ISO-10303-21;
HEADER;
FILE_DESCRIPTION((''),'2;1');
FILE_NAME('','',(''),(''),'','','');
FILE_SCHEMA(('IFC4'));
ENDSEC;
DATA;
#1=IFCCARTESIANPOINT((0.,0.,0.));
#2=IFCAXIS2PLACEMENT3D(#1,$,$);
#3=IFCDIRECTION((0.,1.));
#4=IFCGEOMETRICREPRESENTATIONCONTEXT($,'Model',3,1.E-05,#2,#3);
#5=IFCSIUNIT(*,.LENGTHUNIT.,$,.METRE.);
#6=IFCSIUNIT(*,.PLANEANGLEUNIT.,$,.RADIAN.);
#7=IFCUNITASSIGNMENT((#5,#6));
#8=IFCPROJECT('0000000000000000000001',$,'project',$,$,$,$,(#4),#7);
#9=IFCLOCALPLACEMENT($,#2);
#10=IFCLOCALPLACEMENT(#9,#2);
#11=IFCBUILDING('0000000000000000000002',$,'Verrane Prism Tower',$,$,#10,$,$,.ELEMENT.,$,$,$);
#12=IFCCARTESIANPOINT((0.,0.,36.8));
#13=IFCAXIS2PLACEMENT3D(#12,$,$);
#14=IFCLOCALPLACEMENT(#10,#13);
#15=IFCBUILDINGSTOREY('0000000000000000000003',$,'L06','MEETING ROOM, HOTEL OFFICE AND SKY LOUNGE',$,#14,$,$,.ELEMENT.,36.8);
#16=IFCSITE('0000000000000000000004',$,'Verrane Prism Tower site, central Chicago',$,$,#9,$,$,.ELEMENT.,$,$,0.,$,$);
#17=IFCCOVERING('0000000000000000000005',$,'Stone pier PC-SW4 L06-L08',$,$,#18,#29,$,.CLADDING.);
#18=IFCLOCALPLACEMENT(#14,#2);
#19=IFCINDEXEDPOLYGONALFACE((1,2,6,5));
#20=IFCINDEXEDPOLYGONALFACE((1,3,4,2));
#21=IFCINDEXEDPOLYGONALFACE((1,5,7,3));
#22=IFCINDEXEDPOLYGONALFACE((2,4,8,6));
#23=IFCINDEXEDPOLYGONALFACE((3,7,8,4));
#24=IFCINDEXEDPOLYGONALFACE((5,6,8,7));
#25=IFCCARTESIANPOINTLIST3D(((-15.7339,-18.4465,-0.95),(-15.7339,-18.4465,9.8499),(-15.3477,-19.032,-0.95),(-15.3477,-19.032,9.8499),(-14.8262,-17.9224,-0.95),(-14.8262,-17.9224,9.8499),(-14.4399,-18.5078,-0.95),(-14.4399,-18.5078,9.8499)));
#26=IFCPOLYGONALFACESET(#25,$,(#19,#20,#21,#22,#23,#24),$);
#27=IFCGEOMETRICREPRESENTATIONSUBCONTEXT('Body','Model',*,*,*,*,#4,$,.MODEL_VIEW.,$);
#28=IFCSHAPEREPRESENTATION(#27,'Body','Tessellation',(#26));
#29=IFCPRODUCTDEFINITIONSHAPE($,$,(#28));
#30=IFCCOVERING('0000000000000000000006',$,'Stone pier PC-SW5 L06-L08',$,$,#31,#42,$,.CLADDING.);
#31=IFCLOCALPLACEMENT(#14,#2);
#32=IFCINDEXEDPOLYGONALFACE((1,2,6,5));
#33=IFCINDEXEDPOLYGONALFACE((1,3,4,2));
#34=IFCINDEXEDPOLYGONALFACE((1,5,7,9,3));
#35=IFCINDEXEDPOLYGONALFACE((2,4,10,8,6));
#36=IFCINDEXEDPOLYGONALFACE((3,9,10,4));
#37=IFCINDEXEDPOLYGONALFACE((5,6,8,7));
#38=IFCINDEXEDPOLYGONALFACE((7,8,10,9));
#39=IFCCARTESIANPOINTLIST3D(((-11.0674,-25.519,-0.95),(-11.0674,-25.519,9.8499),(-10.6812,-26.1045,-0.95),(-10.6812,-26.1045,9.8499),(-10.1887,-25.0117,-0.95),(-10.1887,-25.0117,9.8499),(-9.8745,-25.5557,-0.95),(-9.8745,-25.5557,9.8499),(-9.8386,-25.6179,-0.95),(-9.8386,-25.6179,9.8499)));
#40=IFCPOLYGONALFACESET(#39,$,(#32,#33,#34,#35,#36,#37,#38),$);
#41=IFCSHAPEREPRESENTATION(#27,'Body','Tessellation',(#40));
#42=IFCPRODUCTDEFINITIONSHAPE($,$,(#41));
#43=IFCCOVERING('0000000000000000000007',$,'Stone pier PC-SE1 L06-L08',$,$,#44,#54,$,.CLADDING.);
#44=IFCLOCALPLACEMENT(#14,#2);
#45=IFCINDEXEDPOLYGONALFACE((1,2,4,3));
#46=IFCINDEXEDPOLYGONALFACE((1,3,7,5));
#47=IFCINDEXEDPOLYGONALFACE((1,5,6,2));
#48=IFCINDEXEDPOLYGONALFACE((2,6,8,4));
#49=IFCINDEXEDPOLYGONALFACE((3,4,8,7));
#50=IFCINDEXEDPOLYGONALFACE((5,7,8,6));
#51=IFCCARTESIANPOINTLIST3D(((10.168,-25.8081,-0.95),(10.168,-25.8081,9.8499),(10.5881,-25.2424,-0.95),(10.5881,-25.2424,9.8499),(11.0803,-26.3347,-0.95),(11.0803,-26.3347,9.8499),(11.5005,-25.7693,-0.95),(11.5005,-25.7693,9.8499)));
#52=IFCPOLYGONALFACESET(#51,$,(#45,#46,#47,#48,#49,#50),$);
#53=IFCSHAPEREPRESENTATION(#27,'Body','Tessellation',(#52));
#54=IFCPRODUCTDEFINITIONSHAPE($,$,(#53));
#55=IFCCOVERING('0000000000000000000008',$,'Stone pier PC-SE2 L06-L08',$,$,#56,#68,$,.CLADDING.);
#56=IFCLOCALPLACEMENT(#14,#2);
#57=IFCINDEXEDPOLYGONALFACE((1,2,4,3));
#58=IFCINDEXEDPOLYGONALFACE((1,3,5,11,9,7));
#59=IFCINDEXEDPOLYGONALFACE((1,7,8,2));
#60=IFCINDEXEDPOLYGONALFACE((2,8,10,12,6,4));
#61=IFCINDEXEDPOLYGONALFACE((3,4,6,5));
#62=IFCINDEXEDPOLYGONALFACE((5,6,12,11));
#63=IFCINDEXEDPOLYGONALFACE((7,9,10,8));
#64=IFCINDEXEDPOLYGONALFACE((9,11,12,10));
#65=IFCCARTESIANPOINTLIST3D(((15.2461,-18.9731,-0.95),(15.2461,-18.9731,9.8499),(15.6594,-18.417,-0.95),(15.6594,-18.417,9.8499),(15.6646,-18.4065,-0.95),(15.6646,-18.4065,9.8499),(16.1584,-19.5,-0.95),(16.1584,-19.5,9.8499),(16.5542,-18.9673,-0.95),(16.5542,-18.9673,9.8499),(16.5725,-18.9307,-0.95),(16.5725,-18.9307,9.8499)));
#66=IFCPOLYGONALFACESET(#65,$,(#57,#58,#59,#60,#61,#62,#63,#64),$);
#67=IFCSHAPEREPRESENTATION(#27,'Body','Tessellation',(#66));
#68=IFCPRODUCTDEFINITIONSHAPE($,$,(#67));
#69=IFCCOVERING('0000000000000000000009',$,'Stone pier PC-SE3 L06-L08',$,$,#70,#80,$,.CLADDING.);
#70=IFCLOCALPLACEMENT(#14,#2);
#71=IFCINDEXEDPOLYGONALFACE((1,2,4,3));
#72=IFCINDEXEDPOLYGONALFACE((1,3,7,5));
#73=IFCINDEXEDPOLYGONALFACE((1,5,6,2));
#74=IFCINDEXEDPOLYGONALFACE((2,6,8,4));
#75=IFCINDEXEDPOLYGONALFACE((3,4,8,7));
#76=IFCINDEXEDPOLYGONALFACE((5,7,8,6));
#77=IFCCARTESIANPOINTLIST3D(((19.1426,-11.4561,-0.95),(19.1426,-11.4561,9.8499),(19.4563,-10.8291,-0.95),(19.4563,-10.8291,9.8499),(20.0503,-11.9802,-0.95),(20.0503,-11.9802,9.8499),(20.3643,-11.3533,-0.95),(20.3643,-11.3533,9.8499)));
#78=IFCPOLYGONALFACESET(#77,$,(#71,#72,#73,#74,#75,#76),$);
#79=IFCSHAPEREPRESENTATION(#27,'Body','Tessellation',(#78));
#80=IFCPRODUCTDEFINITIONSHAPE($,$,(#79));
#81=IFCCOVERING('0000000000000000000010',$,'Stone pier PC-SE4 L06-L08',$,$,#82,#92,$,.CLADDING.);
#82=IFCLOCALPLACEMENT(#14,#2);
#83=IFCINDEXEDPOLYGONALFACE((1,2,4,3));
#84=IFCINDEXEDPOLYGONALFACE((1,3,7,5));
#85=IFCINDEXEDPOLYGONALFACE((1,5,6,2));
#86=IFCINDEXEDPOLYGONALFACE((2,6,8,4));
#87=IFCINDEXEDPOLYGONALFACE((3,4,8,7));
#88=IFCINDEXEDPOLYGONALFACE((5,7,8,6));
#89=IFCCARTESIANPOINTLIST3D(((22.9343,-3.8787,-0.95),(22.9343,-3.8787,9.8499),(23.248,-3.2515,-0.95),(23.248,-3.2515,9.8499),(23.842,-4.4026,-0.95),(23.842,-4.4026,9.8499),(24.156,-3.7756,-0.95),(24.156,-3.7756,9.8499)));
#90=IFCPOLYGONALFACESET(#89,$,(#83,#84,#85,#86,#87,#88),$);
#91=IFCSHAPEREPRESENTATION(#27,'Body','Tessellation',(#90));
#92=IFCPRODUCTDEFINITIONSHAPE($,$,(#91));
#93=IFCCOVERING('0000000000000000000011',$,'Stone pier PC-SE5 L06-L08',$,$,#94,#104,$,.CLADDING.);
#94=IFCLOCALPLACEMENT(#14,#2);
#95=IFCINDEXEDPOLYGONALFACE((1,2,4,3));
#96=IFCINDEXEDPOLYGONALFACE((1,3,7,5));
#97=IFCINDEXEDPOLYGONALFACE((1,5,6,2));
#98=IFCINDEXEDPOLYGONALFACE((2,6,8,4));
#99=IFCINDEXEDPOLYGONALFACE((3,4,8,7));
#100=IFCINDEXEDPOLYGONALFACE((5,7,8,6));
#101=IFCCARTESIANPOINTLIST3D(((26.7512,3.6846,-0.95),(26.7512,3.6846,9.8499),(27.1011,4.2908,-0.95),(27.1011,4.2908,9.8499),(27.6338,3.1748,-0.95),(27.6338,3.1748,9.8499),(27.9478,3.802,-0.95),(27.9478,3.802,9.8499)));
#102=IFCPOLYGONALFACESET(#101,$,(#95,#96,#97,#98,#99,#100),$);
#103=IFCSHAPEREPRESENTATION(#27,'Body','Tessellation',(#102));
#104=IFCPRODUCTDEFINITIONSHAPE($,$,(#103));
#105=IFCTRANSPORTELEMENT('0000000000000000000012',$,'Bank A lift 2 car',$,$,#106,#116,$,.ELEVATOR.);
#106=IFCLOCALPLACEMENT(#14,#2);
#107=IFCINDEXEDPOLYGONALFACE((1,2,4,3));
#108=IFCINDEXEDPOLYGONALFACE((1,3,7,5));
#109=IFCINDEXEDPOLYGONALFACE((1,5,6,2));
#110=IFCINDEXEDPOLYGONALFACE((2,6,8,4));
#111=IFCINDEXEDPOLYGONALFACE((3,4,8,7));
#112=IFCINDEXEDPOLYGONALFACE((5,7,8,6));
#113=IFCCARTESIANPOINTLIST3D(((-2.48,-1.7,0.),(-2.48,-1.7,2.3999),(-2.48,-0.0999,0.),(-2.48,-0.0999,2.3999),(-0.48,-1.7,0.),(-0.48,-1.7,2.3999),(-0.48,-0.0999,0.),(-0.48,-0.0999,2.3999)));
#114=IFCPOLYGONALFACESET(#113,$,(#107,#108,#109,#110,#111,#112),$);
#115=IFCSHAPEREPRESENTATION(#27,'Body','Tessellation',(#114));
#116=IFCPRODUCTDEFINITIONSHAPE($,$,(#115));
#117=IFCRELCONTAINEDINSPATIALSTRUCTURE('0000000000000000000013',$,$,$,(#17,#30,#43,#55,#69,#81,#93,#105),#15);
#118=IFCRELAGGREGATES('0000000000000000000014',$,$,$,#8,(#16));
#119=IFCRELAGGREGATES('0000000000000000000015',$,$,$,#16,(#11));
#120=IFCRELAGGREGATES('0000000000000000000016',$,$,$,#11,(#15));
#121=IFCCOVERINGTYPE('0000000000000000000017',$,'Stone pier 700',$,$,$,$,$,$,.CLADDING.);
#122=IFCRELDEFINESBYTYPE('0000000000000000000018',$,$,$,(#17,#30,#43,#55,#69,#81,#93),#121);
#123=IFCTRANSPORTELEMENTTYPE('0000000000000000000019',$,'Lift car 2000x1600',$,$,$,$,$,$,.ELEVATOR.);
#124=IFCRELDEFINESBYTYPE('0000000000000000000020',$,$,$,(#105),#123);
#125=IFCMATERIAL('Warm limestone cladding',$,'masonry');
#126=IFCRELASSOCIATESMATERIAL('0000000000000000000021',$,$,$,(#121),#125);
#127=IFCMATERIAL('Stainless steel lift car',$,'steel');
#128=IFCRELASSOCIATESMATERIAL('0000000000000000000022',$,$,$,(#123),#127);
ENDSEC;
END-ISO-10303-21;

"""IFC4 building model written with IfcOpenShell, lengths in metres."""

from ifc_helpers import new_model, si_unit, direction, frame, origin, origin_2d, place, context, subcontext, project, spatial, polyline, rectangle, outline, extrude, material, type_object, element, save


model = new_model("IFC4")

# Units and contexts
model_context = context("Model", 3, precision=1e-05, world=origin(), true_north=direction((0.0, 1.0)))
body_context = subcontext(model_context, "Body", "Model", "MODEL_VIEW")
ifc_project = project(units=[si_unit("LENGTHUNIT", "METRE"), si_unit("PLANEANGLEUNIT", "RADIAN")], contexts=[model_context])

# Site, building, storey
site_placement = place(None, origin())
site = spatial("IfcSite", under=ifc_project, at=site_placement, Name="Verrane Prism Tower site, central Chicago", CompositionType="ELEMENT", RefElevation=0.0)
building_placement = place(site_placement, origin())
building = spatial("IfcBuilding", under=site, at=building_placement, Name="Verrane Prism Tower", CompositionType="ELEMENT")
storey_placement = place(building_placement, frame((0.0, 0.0, 36.8)))
storey = spatial("IfcBuildingStorey", under=building, at=storey_placement, Name="L06", Description="MEETING ROOM, HOTEL OFFICE AND SKY LOUNGE", CompositionType="ELEMENT", Elevation=36.8)

# Coverings
ifc_material_1 = material(Name="Warm limestone cladding", Category="masonry")
covering_type_1 = type_object("IfcCoveringType", Name="Stone pier 700", PredefinedType="CLADDING", material=ifc_material_1)
covering_1_placement = place(storey_placement, frame((0.0, 0.0, -0.95)))
element("IfcCovering", 1, at=covering_1_placement, inside=storey, type_object=covering_type_1, Name="Stone pier PC-SW4 L06-L08", PredefinedType="CLADDING", context=body_context, shape_type="SweptSolid", body=[
    extrude(outline(polyline([(-15.3477, -19.032), (-14.4399, -18.5078), (-14.8262, -17.9224), (-15.7339, -18.4465), (-15.3477, -19.032)])), origin(), (0.0, 0.0, 1.0), 10.7998),
])
covering_2_placement = place(storey_placement, frame((0.0, 0.0, -0.95)))
element("IfcCovering", 2, at=covering_2_placement, inside=storey, type_object=covering_type_1, Name="Stone pier PC-SW5 L06-L08", PredefinedType="CLADDING", context=body_context, shape_type="SweptSolid", body=[
    extrude(outline(polyline([(-9.8386, -25.6179), (-9.8745, -25.5557), (-10.1887, -25.0117), (-11.0674, -25.519), (-10.6812, -26.1045), (-9.8386, -25.6179)])), origin(), (0.0, 0.0, 1.0), 10.7998),
])
covering_3_placement = place(storey_placement, frame((0.0, 0.0, -0.95)))
element("IfcCovering", 3, at=covering_3_placement, inside=storey, type_object=covering_type_1, Name="Stone pier PC-SE1 L06-L08", PredefinedType="CLADDING", context=body_context, shape_type="SweptSolid", body=[
    extrude(outline(polyline([(11.5005, -25.7693), (10.5881, -25.2424), (10.168, -25.8081), (11.0803, -26.3347), (11.5005, -25.7693)])), origin(), (0.0, 0.0, 1.0), 10.7998),
])
covering_4_placement = place(storey_placement, frame((0.0, 0.0, -0.95)))
element("IfcCovering", 4, at=covering_4_placement, inside=storey, type_object=covering_type_1, Name="Stone pier PC-SE2 L06-L08", PredefinedType="CLADDING", context=body_context, shape_type="SweptSolid", body=[
    extrude(outline(polyline([(16.5725, -18.9307), (15.6646, -18.4065), (15.6594, -18.417), (15.2461, -18.9731), (16.1584, -19.5), (16.5542, -18.9673), (16.5725, -18.9307)])), origin(), (0.0, 0.0, 1.0), 10.7998),
])
covering_5_placement = place(storey_placement, frame((0.0, 0.0, -0.95)))
element("IfcCovering", 5, at=covering_5_placement, inside=storey, type_object=covering_type_1, Name="Stone pier PC-SE3 L06-L08", PredefinedType="CLADDING", context=body_context, shape_type="SweptSolid", body=[
    extrude(outline(polyline([(20.3643, -11.3533), (19.4563, -10.8291), (19.1426, -11.4561), (20.0503, -11.9802), (20.3643, -11.3533)])), origin(), (0.0, 0.0, 1.0), 10.7998),
])
covering_6_placement = place(storey_placement, frame((0.0, 0.0, -0.95)))
element("IfcCovering", 6, at=covering_6_placement, inside=storey, type_object=covering_type_1, Name="Stone pier PC-SE4 L06-L08", PredefinedType="CLADDING", context=body_context, shape_type="SweptSolid", body=[
    extrude(outline(polyline([(24.156, -3.7756), (23.248, -3.2515), (22.9343, -3.8787), (23.842, -4.4026), (24.156, -3.7756)])), origin(), (0.0, 0.0, 1.0), 10.7998),
])
covering_7_placement = place(storey_placement, frame((0.0, 0.0, -0.95)))
element("IfcCovering", 7, at=covering_7_placement, inside=storey, type_object=covering_type_1, Name="Stone pier PC-SE5 L06-L08", PredefinedType="CLADDING", context=body_context, shape_type="SweptSolid", body=[
    extrude(outline(polyline([(27.1011, 4.2908), (26.7512, 3.6846), (27.6338, 3.1748), (27.9478, 3.802), (27.1011, 4.2908)])), origin(), (0.0, 0.0, 1.0), 10.7998),
])

# Transport element
ifc_material_2 = material(Name="Stainless steel lift car", Category="steel")
transport_element_type = type_object("IfcTransportElementType", Name="Lift car 2000x1600", PredefinedType="ELEVATOR", material=ifc_material_2)
transport_element_placement = place(storey_placement, frame((-1.48, -0.8999, 0.0), z_axis=(0.0, 0.0, 1.0), x_axis=(-1.0, 0.0, 0.0)))
element("IfcTransportElement", 8, at=transport_element_placement, inside=storey, type_object=transport_element_type, Name="Bank A lift 2 car", PredefinedType="ELEVATOR", context=body_context, shape_type="SweptSolid", body=[
    extrude(rectangle(XDim=2.0, YDim=1.6001, at=origin_2d()), origin(), (0.0, 0.0, 1.0), 2.3999),
])

save(model, "model.ifc")
